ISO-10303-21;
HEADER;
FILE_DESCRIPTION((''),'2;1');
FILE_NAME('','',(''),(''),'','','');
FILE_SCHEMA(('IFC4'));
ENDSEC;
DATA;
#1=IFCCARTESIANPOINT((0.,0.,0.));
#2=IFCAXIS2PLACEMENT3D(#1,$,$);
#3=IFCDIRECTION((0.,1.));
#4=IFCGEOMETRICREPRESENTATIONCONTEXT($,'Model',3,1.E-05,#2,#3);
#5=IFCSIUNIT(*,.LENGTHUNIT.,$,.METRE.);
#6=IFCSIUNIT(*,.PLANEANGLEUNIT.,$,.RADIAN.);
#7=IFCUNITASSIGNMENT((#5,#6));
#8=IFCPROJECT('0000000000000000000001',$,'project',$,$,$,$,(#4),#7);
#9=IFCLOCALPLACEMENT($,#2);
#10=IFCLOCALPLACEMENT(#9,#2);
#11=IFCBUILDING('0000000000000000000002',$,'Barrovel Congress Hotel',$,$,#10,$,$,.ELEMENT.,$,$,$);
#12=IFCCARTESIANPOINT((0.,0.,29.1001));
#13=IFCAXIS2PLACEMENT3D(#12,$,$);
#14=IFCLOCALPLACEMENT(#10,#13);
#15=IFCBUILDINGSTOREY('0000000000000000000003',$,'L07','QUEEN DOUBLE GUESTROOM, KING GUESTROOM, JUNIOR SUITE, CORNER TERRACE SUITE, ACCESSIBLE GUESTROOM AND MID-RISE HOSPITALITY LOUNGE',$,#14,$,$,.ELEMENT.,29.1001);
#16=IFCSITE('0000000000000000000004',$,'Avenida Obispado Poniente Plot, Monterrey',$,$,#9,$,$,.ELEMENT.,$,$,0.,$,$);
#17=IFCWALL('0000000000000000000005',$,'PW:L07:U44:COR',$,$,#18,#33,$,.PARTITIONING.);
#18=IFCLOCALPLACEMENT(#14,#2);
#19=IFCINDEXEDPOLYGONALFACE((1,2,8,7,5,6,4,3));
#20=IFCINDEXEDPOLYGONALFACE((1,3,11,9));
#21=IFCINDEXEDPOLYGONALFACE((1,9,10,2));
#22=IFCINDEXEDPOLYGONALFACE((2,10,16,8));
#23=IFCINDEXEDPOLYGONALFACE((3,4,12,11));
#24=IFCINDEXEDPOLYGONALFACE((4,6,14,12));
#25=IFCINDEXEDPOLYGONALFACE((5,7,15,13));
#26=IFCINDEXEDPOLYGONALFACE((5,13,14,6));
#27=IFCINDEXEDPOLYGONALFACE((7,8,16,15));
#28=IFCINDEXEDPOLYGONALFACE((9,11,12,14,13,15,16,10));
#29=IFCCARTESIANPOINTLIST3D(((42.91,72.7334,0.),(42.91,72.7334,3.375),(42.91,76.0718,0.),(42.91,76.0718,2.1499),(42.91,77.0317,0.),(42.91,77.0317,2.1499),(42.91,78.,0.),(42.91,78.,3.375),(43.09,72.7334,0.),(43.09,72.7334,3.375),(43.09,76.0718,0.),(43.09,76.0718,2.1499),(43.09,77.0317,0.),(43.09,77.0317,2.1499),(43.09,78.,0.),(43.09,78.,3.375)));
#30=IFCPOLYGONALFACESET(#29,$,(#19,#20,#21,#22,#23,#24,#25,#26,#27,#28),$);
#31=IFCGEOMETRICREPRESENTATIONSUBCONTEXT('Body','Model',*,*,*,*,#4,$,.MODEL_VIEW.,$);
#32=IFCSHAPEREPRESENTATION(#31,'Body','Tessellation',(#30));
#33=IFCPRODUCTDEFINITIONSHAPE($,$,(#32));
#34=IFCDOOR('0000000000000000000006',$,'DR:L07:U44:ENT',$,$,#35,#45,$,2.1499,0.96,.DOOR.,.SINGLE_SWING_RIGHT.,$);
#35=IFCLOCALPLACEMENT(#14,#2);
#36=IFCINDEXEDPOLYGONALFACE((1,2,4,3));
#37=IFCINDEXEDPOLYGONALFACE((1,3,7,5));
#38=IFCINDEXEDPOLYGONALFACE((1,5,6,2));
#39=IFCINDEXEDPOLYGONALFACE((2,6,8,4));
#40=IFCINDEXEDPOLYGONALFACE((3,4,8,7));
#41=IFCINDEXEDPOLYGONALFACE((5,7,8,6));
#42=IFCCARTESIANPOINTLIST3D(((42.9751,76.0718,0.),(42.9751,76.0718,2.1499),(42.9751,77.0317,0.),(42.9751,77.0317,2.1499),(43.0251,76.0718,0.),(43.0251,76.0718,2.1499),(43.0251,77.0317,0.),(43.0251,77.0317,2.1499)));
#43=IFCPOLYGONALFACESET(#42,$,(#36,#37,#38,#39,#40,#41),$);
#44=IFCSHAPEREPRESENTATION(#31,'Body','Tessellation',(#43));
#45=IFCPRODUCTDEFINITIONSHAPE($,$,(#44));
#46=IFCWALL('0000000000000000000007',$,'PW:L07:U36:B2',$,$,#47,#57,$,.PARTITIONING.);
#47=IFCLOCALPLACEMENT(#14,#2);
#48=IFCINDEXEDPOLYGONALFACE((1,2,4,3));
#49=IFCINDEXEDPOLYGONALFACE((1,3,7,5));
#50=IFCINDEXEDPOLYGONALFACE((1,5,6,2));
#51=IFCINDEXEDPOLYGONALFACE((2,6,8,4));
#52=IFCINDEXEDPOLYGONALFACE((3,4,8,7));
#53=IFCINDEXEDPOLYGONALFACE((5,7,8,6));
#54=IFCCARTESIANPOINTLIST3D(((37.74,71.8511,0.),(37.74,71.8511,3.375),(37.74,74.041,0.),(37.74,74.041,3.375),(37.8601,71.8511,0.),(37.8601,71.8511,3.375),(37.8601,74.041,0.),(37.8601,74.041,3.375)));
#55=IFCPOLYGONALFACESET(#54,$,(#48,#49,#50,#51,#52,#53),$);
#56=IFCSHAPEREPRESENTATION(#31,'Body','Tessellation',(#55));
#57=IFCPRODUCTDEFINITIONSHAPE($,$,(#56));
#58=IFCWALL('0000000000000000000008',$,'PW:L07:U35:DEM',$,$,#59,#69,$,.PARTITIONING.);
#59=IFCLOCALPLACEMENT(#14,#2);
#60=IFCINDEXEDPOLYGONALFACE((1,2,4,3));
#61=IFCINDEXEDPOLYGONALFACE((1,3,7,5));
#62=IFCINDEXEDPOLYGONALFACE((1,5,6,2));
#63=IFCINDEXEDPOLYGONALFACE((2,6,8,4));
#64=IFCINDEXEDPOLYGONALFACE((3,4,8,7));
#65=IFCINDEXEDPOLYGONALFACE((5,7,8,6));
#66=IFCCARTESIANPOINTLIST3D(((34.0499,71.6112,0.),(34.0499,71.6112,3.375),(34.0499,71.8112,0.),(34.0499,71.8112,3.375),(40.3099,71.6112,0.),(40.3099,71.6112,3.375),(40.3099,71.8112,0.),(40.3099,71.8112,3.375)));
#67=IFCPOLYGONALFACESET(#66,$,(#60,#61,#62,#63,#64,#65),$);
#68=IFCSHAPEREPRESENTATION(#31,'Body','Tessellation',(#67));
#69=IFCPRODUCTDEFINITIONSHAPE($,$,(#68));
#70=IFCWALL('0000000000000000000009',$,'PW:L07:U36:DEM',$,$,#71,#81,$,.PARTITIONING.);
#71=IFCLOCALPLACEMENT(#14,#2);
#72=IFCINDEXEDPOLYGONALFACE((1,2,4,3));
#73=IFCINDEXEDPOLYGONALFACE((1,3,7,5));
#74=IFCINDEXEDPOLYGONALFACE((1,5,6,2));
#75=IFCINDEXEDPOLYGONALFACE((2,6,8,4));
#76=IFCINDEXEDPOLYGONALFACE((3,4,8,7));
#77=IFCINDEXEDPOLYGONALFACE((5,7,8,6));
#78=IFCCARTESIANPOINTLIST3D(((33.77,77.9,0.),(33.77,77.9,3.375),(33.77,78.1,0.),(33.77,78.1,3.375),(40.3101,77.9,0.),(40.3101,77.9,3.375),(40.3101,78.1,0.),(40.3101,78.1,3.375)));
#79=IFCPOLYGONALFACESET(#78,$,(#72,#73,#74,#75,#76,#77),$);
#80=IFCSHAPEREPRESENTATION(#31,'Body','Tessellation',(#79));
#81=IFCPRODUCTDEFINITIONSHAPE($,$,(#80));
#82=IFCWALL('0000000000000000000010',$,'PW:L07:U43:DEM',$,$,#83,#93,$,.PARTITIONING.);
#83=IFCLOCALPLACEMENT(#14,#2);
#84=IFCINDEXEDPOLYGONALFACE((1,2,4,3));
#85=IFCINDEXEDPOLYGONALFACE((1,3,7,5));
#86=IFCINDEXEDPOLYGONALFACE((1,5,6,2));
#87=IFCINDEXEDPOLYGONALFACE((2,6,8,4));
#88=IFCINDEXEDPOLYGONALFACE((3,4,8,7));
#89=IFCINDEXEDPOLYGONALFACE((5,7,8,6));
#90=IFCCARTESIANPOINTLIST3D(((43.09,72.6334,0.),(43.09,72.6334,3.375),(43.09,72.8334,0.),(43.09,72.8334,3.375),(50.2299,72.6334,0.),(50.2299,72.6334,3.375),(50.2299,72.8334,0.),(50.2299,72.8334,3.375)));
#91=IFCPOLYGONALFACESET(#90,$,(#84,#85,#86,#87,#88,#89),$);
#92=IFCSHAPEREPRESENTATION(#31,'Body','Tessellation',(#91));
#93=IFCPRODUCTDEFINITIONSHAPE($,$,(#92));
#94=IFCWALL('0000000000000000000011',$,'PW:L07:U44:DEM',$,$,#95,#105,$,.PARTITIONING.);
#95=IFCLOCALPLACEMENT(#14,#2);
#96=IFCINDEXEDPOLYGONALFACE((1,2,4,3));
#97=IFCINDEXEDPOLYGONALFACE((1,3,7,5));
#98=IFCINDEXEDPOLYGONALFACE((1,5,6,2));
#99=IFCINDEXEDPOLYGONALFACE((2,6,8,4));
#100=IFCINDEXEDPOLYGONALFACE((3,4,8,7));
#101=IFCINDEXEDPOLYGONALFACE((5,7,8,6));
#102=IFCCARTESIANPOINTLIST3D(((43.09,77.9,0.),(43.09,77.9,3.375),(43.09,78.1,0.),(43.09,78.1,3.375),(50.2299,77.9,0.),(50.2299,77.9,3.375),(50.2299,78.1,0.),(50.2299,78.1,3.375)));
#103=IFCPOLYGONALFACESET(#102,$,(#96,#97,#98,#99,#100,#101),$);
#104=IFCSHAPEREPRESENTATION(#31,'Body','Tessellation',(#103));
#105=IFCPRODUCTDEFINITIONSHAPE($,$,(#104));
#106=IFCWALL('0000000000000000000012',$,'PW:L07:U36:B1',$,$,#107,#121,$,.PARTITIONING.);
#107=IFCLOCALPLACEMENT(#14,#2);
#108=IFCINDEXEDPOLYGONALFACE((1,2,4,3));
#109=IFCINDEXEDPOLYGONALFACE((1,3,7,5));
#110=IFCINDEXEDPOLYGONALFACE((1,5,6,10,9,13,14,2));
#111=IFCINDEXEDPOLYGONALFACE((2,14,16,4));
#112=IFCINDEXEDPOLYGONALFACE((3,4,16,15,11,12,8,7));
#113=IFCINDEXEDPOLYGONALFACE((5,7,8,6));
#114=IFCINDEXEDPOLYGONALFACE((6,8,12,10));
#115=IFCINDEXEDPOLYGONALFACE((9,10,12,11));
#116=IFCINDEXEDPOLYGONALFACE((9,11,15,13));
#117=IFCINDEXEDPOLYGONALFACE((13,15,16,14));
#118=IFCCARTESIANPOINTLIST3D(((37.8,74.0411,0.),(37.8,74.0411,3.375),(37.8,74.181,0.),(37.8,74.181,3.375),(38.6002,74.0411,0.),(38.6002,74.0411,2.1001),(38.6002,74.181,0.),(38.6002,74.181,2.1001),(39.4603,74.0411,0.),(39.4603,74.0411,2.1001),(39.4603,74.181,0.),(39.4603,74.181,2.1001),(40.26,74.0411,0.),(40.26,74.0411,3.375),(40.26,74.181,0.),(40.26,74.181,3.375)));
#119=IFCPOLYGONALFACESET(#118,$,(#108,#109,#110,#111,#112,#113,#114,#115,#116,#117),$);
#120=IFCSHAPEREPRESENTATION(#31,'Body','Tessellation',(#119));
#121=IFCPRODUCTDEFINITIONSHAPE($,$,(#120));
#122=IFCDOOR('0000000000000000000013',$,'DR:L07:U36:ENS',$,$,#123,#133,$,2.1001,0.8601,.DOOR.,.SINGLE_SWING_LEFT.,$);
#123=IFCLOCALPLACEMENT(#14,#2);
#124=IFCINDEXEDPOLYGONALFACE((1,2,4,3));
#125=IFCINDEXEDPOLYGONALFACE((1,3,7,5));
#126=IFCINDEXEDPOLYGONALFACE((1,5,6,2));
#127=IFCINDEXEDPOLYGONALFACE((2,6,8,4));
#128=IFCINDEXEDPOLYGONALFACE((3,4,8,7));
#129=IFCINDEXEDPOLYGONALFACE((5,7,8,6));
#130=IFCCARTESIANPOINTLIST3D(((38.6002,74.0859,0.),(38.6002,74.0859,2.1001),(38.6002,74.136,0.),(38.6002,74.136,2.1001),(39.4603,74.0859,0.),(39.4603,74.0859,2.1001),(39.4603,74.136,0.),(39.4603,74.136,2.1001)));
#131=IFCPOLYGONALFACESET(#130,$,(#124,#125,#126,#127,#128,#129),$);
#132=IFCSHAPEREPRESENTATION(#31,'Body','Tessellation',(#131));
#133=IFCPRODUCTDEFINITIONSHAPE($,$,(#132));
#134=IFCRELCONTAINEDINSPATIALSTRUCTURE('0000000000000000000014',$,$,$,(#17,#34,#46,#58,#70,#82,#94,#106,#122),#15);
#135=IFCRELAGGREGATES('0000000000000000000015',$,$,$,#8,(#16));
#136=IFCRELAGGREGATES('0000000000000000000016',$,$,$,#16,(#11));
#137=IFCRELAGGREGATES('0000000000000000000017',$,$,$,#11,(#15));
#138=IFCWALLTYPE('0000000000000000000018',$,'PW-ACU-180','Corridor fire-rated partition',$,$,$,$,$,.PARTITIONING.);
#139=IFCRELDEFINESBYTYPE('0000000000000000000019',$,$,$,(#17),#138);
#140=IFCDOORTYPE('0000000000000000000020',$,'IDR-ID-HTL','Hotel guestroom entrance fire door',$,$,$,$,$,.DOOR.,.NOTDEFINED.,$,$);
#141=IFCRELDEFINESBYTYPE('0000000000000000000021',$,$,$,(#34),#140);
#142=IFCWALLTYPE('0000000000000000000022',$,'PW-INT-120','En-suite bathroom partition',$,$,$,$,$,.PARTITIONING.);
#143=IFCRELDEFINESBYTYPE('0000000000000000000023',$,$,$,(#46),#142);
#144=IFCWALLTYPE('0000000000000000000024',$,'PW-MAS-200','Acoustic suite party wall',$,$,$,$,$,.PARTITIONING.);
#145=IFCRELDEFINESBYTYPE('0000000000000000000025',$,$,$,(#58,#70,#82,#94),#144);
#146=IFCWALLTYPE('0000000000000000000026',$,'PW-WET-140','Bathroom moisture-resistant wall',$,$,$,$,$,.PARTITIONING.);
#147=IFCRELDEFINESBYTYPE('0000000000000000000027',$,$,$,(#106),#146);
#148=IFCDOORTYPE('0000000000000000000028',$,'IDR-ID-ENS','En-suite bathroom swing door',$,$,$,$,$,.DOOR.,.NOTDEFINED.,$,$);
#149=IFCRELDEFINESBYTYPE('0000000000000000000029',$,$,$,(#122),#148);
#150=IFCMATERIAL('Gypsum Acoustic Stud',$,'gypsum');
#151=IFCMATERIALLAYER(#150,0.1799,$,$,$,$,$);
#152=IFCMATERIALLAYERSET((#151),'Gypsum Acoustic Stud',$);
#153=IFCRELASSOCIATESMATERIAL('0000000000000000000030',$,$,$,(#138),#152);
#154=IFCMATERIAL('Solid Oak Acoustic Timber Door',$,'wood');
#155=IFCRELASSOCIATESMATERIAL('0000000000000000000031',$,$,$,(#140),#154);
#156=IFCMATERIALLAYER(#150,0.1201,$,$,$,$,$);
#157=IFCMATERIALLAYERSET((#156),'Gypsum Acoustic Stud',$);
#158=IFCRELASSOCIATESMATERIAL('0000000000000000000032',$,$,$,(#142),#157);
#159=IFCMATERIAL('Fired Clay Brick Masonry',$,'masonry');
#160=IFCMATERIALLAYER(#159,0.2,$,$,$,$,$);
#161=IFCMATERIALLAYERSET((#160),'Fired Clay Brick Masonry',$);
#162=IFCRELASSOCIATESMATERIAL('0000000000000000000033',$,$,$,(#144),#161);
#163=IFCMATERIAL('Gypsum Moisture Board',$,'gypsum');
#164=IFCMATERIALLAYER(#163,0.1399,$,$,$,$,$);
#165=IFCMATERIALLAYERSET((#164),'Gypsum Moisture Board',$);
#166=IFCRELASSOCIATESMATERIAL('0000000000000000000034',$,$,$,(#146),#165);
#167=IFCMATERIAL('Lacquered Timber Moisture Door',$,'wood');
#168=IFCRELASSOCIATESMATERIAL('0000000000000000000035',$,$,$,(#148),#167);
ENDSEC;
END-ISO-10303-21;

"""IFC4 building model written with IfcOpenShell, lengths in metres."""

from ifc_helpers import new_model, si_unit, direction, frame, frame_2d, origin, place, context, subcontext, project, spatial, rectangle, extrude, material, layer, layer_set, type_object, element, fill, save


model = new_model("IFC4")

# Units and contexts
model_context = context("Model", 3, precision=1e-05, world=origin(), true_north=direction((0.0, 1.0)))
body_context = subcontext(model_context, "Body", "Model", "MODEL_VIEW")
ifc_project = project(units=[si_unit("LENGTHUNIT", "METRE"), si_unit("PLANEANGLEUNIT", "RADIAN")], contexts=[model_context])

# Site, building, storey
site_placement = place(None, origin())
site = spatial("IfcSite", under=ifc_project, at=site_placement, Name="Avenida Obispado Poniente Plot, Monterrey", CompositionType="ELEMENT", RefElevation=0.0)
building_placement = place(site_placement, origin())
building = spatial("IfcBuilding", under=site, at=building_placement, Name="Barrovel Congress Hotel", CompositionType="ELEMENT")
storey_placement = place(building_placement, frame((0.0, 0.0, 29.1001)))
storey = spatial("IfcBuildingStorey", under=building, at=storey_placement, Name="L07", Description="QUEEN DOUBLE GUESTROOM, KING GUESTROOM, JUNIOR SUITE, CORNER TERRACE SUITE, ACCESSIBLE GUESTROOM AND MID-RISE HOSPITALITY LOUNGE", CompositionType="ELEMENT", Elevation=29.1001)

# Shared definitions
ifc_material_1 = material(Name="Fired Clay Brick Masonry", Category="masonry")

# Wall, opening, door
ifc_material_2 = material(Name="Gypsum Acoustic Stud", Category="gypsum")
ifc_layer_1 = layer(ifc_material_2, 0.1799)
ifc_layer_set_1 = layer_set([ifc_layer_1], Name="Gypsum Acoustic Stud")
wall_type_1 = type_object("IfcWallType", Name="PW-ACU-180", Description="Corridor fire-rated partition", PredefinedType="PARTITIONING", material=ifc_layer_set_1)
ifc_material_3 = material(Name="Solid Oak Acoustic Timber Door", Category="wood")
door_type_1 = type_object("IfcDoorType", Name="IDR-ID-HTL", Description="Hotel guestroom entrance fire door", OperationType="NOTDEFINED", PredefinedType="DOOR", material=ifc_material_3)
wall_1_placement = place(storey_placement, frame((43.0, 72.7334, 0.0), z_axis=(0.0, 0.0, 1.0), x_axis=(0.0, 1.0, 0.0)))
wall_1 = element("IfcWall", 1, at=wall_1_placement, inside=storey, type_object=wall_type_1, Name="PW:L07:U44:COR", PredefinedType="PARTITIONING", context=body_context, shape_type="SweptSolid", body=[
    extrude(rectangle(XDim=5.2666, YDim=0.1799, at=frame_2d((2.6333, 0.0))), origin(), (0.0, 0.0, 1.0), 3.375),
])
opening_1_placement = place(wall_1_placement, frame((3.3384, 0.0, 0.0)))
opening_1 = element("IfcOpeningElement", 2, at=opening_1_placement, cuts=wall_1, PredefinedType="OPENING", context=body_context, shape_type="SweptSolid", body=[
    extrude(rectangle(XDim=0.96, YDim=2.1499, at=frame_2d((0.48, 1.075))), frame((0.0, 0.1001, 0.0), z_axis=(0.0, -1.0, 0.0), x_axis=(1.0, 0.0, 0.0)), (0.0, 0.0, 1.0), 0.2),
])
door_1_placement = place(opening_1_placement, origin())
door_1 = element("IfcDoor", 3, at=door_1_placement, inside=storey, type_object=door_type_1, Name="DR:L07:U44:ENT", OperationType="SINGLE_SWING_RIGHT", OverallHeight=2.1499, OverallWidth=0.96, PredefinedType="DOOR", context=body_context, shape_type="SweptSolid", body=[
    extrude(rectangle(XDim=0.96, YDim=2.1499, at=frame_2d((0.48, 1.075))), frame((0.0, 0.0249, 0.0), z_axis=(0.0, -1.0, 0.0), x_axis=(1.0, 0.0, 0.0)), (0.0, 0.0, 1.0), 0.05),
])
fill(opening_1, door_1)

# Walls
ifc_layer_2 = layer(ifc_material_2, 0.1201)
ifc_layer_set_2 = layer_set([ifc_layer_2], Name="Gypsum Acoustic Stud")
wall_type_2 = type_object("IfcWallType", Name="PW-INT-120", Description="En-suite bathroom partition", PredefinedType="PARTITIONING", material=ifc_layer_set_2)
wall_2_placement = place(storey_placement, frame((37.8, 71.8511, 0.0), z_axis=(0.0, 0.0, 1.0), x_axis=(0.0, 1.0, 0.0)))
element("IfcWall", 4, at=wall_2_placement, inside=storey, type_object=wall_type_2, Name="PW:L07:U36:B2", PredefinedType="PARTITIONING", context=body_context, shape_type="SweptSolid", body=[
    extrude(rectangle(XDim=2.1899, YDim=0.1201, at=frame_2d((1.095, 0.0))), origin(), (0.0, 0.0, 1.0), 3.375),
])
ifc_layer_3 = layer(ifc_material_1, 0.2)
ifc_layer_set_3 = layer_set([ifc_layer_3], Name="Fired Clay Brick Masonry")
wall_type_3 = type_object("IfcWallType", Name="PW-MAS-200", Description="Acoustic suite party wall", PredefinedType="PARTITIONING", material=ifc_layer_set_3)
wall_3_placement = place(storey_placement, frame((34.05, 71.7112, 0.0), z_axis=(0.0, 0.0, 1.0), x_axis=(1.0, 0.0, 0.0)))
element("IfcWall", 5, at=wall_3_placement, inside=storey, type_object=wall_type_3, Name="PW:L07:U35:DEM", PredefinedType="PARTITIONING", context=body_context, shape_type="SweptSolid", body=[
    extrude(rectangle(XDim=6.26, YDim=0.2, at=frame_2d((3.1299, 0.0))), origin(), (0.0, 0.0, 1.0), 3.375),
])
wall_4_placement = place(storey_placement, frame((33.77, 78.0, 0.0), z_axis=(0.0, 0.0, 1.0), x_axis=(1.0, 0.0, 0.0)))
element("IfcWall", 6, at=wall_4_placement, inside=storey, type_object=wall_type_3, Name="PW:L07:U36:DEM", PredefinedType="PARTITIONING", context=body_context, shape_type="SweptSolid", body=[
    extrude(rectangle(XDim=6.54, YDim=0.2, at=frame_2d((3.27, 0.0))), origin(), (0.0, 0.0, 1.0), 3.375),
])
for number, where, z_axis, x_axis, name in (
    (7, (43.0901, 72.7334, 0.0), (0.0, 0.0, 1.0), (1.0, 0.0, 0.0), "PW:L07:U43:DEM"),
    (8, (43.0901, 78.0, 0.0), (0.0, 0.0, 1.0), (1.0, 0.0, 0.0), "PW:L07:U44:DEM"),
):
    element("IfcWall", number, at=place(storey_placement, frame(where, z_axis=z_axis, x_axis=x_axis)), inside=storey, type_object=wall_type_3, Name=name, PredefinedType="PARTITIONING", context=body_context, shape_type="SweptSolid", body=[
        extrude(rectangle(XDim=7.1399, YDim=0.2, at=frame_2d((3.5698, 0.0))), origin(), (0.0, 0.0, 1.0), 3.375),
    ])

# Wall, opening, door
ifc_material_4 = material(Name="Gypsum Moisture Board", Category="gypsum")
ifc_layer_4 = layer(ifc_material_4, 0.1399)
ifc_layer_set_4 = layer_set([ifc_layer_4], Name="Gypsum Moisture Board")
wall_type_4 = type_object("IfcWallType", Name="PW-WET-140", Description="Bathroom moisture-resistant wall", PredefinedType="PARTITIONING", material=ifc_layer_set_4)
wall_5_placement = place(storey_placement, frame((37.8, 74.1111, 0.0), z_axis=(0.0, 0.0, 1.0), x_axis=(1.0, 0.0, 0.0)))
wall_5 = element("IfcWall", 9, at=wall_5_placement, inside=storey, type_object=wall_type_4, Name="PW:L07:U36:B1", PredefinedType="PARTITIONING", context=body_context, shape_type="SweptSolid", body=[
    extrude(rectangle(XDim=2.46, YDim=0.1399, at=frame_2d((1.23, 0.0))), origin(), (0.0, 0.0, 1.0), 3.375),
])
opening_2_placement = place(wall_5_placement, frame((0.8, 0.0, 0.0)))
opening_2 = element("IfcOpeningElement", 10, at=opening_2_placement, cuts=wall_5, PredefinedType="OPENING", context=body_context, shape_type="SweptSolid", body=[
    extrude(rectangle(XDim=0.8601, YDim=2.1001, at=frame_2d((0.4302, 1.05))), frame((0.0, 0.0801, 0.0), z_axis=(0.0, -1.0, 0.0), x_axis=(1.0, 0.0, 0.0)), (0.0, 0.0, 1.0), 0.1599),
])
ifc_material_5 = material(Name="Lacquered Timber Moisture Door", Category="wood")
door_type_2 = type_object("IfcDoorType", Name="IDR-ID-ENS", Description="En-suite bathroom swing door", OperationType="NOTDEFINED", PredefinedType="DOOR", material=ifc_material_5)
door_2_placement = place(opening_2_placement, origin())
door_2 = element("IfcDoor", 11, at=door_2_placement, inside=storey, type_object=door_type_2, Name="DR:L07:U36:ENS", OperationType="SINGLE_SWING_LEFT", OverallHeight=2.1001, OverallWidth=0.8601, PredefinedType="DOOR", context=body_context, shape_type="SweptSolid", body=[
    extrude(rectangle(XDim=0.8601, YDim=2.1001, at=frame_2d((0.4302, 1.05))), frame((0.0, 0.0249, 0.0), z_axis=(0.0, -1.0, 0.0), x_axis=(1.0, 0.0, 0.0)), (0.0, 0.0, 1.0), 0.05),
])
fill(opening_2, door_2)

save(model, "model.ifc")
